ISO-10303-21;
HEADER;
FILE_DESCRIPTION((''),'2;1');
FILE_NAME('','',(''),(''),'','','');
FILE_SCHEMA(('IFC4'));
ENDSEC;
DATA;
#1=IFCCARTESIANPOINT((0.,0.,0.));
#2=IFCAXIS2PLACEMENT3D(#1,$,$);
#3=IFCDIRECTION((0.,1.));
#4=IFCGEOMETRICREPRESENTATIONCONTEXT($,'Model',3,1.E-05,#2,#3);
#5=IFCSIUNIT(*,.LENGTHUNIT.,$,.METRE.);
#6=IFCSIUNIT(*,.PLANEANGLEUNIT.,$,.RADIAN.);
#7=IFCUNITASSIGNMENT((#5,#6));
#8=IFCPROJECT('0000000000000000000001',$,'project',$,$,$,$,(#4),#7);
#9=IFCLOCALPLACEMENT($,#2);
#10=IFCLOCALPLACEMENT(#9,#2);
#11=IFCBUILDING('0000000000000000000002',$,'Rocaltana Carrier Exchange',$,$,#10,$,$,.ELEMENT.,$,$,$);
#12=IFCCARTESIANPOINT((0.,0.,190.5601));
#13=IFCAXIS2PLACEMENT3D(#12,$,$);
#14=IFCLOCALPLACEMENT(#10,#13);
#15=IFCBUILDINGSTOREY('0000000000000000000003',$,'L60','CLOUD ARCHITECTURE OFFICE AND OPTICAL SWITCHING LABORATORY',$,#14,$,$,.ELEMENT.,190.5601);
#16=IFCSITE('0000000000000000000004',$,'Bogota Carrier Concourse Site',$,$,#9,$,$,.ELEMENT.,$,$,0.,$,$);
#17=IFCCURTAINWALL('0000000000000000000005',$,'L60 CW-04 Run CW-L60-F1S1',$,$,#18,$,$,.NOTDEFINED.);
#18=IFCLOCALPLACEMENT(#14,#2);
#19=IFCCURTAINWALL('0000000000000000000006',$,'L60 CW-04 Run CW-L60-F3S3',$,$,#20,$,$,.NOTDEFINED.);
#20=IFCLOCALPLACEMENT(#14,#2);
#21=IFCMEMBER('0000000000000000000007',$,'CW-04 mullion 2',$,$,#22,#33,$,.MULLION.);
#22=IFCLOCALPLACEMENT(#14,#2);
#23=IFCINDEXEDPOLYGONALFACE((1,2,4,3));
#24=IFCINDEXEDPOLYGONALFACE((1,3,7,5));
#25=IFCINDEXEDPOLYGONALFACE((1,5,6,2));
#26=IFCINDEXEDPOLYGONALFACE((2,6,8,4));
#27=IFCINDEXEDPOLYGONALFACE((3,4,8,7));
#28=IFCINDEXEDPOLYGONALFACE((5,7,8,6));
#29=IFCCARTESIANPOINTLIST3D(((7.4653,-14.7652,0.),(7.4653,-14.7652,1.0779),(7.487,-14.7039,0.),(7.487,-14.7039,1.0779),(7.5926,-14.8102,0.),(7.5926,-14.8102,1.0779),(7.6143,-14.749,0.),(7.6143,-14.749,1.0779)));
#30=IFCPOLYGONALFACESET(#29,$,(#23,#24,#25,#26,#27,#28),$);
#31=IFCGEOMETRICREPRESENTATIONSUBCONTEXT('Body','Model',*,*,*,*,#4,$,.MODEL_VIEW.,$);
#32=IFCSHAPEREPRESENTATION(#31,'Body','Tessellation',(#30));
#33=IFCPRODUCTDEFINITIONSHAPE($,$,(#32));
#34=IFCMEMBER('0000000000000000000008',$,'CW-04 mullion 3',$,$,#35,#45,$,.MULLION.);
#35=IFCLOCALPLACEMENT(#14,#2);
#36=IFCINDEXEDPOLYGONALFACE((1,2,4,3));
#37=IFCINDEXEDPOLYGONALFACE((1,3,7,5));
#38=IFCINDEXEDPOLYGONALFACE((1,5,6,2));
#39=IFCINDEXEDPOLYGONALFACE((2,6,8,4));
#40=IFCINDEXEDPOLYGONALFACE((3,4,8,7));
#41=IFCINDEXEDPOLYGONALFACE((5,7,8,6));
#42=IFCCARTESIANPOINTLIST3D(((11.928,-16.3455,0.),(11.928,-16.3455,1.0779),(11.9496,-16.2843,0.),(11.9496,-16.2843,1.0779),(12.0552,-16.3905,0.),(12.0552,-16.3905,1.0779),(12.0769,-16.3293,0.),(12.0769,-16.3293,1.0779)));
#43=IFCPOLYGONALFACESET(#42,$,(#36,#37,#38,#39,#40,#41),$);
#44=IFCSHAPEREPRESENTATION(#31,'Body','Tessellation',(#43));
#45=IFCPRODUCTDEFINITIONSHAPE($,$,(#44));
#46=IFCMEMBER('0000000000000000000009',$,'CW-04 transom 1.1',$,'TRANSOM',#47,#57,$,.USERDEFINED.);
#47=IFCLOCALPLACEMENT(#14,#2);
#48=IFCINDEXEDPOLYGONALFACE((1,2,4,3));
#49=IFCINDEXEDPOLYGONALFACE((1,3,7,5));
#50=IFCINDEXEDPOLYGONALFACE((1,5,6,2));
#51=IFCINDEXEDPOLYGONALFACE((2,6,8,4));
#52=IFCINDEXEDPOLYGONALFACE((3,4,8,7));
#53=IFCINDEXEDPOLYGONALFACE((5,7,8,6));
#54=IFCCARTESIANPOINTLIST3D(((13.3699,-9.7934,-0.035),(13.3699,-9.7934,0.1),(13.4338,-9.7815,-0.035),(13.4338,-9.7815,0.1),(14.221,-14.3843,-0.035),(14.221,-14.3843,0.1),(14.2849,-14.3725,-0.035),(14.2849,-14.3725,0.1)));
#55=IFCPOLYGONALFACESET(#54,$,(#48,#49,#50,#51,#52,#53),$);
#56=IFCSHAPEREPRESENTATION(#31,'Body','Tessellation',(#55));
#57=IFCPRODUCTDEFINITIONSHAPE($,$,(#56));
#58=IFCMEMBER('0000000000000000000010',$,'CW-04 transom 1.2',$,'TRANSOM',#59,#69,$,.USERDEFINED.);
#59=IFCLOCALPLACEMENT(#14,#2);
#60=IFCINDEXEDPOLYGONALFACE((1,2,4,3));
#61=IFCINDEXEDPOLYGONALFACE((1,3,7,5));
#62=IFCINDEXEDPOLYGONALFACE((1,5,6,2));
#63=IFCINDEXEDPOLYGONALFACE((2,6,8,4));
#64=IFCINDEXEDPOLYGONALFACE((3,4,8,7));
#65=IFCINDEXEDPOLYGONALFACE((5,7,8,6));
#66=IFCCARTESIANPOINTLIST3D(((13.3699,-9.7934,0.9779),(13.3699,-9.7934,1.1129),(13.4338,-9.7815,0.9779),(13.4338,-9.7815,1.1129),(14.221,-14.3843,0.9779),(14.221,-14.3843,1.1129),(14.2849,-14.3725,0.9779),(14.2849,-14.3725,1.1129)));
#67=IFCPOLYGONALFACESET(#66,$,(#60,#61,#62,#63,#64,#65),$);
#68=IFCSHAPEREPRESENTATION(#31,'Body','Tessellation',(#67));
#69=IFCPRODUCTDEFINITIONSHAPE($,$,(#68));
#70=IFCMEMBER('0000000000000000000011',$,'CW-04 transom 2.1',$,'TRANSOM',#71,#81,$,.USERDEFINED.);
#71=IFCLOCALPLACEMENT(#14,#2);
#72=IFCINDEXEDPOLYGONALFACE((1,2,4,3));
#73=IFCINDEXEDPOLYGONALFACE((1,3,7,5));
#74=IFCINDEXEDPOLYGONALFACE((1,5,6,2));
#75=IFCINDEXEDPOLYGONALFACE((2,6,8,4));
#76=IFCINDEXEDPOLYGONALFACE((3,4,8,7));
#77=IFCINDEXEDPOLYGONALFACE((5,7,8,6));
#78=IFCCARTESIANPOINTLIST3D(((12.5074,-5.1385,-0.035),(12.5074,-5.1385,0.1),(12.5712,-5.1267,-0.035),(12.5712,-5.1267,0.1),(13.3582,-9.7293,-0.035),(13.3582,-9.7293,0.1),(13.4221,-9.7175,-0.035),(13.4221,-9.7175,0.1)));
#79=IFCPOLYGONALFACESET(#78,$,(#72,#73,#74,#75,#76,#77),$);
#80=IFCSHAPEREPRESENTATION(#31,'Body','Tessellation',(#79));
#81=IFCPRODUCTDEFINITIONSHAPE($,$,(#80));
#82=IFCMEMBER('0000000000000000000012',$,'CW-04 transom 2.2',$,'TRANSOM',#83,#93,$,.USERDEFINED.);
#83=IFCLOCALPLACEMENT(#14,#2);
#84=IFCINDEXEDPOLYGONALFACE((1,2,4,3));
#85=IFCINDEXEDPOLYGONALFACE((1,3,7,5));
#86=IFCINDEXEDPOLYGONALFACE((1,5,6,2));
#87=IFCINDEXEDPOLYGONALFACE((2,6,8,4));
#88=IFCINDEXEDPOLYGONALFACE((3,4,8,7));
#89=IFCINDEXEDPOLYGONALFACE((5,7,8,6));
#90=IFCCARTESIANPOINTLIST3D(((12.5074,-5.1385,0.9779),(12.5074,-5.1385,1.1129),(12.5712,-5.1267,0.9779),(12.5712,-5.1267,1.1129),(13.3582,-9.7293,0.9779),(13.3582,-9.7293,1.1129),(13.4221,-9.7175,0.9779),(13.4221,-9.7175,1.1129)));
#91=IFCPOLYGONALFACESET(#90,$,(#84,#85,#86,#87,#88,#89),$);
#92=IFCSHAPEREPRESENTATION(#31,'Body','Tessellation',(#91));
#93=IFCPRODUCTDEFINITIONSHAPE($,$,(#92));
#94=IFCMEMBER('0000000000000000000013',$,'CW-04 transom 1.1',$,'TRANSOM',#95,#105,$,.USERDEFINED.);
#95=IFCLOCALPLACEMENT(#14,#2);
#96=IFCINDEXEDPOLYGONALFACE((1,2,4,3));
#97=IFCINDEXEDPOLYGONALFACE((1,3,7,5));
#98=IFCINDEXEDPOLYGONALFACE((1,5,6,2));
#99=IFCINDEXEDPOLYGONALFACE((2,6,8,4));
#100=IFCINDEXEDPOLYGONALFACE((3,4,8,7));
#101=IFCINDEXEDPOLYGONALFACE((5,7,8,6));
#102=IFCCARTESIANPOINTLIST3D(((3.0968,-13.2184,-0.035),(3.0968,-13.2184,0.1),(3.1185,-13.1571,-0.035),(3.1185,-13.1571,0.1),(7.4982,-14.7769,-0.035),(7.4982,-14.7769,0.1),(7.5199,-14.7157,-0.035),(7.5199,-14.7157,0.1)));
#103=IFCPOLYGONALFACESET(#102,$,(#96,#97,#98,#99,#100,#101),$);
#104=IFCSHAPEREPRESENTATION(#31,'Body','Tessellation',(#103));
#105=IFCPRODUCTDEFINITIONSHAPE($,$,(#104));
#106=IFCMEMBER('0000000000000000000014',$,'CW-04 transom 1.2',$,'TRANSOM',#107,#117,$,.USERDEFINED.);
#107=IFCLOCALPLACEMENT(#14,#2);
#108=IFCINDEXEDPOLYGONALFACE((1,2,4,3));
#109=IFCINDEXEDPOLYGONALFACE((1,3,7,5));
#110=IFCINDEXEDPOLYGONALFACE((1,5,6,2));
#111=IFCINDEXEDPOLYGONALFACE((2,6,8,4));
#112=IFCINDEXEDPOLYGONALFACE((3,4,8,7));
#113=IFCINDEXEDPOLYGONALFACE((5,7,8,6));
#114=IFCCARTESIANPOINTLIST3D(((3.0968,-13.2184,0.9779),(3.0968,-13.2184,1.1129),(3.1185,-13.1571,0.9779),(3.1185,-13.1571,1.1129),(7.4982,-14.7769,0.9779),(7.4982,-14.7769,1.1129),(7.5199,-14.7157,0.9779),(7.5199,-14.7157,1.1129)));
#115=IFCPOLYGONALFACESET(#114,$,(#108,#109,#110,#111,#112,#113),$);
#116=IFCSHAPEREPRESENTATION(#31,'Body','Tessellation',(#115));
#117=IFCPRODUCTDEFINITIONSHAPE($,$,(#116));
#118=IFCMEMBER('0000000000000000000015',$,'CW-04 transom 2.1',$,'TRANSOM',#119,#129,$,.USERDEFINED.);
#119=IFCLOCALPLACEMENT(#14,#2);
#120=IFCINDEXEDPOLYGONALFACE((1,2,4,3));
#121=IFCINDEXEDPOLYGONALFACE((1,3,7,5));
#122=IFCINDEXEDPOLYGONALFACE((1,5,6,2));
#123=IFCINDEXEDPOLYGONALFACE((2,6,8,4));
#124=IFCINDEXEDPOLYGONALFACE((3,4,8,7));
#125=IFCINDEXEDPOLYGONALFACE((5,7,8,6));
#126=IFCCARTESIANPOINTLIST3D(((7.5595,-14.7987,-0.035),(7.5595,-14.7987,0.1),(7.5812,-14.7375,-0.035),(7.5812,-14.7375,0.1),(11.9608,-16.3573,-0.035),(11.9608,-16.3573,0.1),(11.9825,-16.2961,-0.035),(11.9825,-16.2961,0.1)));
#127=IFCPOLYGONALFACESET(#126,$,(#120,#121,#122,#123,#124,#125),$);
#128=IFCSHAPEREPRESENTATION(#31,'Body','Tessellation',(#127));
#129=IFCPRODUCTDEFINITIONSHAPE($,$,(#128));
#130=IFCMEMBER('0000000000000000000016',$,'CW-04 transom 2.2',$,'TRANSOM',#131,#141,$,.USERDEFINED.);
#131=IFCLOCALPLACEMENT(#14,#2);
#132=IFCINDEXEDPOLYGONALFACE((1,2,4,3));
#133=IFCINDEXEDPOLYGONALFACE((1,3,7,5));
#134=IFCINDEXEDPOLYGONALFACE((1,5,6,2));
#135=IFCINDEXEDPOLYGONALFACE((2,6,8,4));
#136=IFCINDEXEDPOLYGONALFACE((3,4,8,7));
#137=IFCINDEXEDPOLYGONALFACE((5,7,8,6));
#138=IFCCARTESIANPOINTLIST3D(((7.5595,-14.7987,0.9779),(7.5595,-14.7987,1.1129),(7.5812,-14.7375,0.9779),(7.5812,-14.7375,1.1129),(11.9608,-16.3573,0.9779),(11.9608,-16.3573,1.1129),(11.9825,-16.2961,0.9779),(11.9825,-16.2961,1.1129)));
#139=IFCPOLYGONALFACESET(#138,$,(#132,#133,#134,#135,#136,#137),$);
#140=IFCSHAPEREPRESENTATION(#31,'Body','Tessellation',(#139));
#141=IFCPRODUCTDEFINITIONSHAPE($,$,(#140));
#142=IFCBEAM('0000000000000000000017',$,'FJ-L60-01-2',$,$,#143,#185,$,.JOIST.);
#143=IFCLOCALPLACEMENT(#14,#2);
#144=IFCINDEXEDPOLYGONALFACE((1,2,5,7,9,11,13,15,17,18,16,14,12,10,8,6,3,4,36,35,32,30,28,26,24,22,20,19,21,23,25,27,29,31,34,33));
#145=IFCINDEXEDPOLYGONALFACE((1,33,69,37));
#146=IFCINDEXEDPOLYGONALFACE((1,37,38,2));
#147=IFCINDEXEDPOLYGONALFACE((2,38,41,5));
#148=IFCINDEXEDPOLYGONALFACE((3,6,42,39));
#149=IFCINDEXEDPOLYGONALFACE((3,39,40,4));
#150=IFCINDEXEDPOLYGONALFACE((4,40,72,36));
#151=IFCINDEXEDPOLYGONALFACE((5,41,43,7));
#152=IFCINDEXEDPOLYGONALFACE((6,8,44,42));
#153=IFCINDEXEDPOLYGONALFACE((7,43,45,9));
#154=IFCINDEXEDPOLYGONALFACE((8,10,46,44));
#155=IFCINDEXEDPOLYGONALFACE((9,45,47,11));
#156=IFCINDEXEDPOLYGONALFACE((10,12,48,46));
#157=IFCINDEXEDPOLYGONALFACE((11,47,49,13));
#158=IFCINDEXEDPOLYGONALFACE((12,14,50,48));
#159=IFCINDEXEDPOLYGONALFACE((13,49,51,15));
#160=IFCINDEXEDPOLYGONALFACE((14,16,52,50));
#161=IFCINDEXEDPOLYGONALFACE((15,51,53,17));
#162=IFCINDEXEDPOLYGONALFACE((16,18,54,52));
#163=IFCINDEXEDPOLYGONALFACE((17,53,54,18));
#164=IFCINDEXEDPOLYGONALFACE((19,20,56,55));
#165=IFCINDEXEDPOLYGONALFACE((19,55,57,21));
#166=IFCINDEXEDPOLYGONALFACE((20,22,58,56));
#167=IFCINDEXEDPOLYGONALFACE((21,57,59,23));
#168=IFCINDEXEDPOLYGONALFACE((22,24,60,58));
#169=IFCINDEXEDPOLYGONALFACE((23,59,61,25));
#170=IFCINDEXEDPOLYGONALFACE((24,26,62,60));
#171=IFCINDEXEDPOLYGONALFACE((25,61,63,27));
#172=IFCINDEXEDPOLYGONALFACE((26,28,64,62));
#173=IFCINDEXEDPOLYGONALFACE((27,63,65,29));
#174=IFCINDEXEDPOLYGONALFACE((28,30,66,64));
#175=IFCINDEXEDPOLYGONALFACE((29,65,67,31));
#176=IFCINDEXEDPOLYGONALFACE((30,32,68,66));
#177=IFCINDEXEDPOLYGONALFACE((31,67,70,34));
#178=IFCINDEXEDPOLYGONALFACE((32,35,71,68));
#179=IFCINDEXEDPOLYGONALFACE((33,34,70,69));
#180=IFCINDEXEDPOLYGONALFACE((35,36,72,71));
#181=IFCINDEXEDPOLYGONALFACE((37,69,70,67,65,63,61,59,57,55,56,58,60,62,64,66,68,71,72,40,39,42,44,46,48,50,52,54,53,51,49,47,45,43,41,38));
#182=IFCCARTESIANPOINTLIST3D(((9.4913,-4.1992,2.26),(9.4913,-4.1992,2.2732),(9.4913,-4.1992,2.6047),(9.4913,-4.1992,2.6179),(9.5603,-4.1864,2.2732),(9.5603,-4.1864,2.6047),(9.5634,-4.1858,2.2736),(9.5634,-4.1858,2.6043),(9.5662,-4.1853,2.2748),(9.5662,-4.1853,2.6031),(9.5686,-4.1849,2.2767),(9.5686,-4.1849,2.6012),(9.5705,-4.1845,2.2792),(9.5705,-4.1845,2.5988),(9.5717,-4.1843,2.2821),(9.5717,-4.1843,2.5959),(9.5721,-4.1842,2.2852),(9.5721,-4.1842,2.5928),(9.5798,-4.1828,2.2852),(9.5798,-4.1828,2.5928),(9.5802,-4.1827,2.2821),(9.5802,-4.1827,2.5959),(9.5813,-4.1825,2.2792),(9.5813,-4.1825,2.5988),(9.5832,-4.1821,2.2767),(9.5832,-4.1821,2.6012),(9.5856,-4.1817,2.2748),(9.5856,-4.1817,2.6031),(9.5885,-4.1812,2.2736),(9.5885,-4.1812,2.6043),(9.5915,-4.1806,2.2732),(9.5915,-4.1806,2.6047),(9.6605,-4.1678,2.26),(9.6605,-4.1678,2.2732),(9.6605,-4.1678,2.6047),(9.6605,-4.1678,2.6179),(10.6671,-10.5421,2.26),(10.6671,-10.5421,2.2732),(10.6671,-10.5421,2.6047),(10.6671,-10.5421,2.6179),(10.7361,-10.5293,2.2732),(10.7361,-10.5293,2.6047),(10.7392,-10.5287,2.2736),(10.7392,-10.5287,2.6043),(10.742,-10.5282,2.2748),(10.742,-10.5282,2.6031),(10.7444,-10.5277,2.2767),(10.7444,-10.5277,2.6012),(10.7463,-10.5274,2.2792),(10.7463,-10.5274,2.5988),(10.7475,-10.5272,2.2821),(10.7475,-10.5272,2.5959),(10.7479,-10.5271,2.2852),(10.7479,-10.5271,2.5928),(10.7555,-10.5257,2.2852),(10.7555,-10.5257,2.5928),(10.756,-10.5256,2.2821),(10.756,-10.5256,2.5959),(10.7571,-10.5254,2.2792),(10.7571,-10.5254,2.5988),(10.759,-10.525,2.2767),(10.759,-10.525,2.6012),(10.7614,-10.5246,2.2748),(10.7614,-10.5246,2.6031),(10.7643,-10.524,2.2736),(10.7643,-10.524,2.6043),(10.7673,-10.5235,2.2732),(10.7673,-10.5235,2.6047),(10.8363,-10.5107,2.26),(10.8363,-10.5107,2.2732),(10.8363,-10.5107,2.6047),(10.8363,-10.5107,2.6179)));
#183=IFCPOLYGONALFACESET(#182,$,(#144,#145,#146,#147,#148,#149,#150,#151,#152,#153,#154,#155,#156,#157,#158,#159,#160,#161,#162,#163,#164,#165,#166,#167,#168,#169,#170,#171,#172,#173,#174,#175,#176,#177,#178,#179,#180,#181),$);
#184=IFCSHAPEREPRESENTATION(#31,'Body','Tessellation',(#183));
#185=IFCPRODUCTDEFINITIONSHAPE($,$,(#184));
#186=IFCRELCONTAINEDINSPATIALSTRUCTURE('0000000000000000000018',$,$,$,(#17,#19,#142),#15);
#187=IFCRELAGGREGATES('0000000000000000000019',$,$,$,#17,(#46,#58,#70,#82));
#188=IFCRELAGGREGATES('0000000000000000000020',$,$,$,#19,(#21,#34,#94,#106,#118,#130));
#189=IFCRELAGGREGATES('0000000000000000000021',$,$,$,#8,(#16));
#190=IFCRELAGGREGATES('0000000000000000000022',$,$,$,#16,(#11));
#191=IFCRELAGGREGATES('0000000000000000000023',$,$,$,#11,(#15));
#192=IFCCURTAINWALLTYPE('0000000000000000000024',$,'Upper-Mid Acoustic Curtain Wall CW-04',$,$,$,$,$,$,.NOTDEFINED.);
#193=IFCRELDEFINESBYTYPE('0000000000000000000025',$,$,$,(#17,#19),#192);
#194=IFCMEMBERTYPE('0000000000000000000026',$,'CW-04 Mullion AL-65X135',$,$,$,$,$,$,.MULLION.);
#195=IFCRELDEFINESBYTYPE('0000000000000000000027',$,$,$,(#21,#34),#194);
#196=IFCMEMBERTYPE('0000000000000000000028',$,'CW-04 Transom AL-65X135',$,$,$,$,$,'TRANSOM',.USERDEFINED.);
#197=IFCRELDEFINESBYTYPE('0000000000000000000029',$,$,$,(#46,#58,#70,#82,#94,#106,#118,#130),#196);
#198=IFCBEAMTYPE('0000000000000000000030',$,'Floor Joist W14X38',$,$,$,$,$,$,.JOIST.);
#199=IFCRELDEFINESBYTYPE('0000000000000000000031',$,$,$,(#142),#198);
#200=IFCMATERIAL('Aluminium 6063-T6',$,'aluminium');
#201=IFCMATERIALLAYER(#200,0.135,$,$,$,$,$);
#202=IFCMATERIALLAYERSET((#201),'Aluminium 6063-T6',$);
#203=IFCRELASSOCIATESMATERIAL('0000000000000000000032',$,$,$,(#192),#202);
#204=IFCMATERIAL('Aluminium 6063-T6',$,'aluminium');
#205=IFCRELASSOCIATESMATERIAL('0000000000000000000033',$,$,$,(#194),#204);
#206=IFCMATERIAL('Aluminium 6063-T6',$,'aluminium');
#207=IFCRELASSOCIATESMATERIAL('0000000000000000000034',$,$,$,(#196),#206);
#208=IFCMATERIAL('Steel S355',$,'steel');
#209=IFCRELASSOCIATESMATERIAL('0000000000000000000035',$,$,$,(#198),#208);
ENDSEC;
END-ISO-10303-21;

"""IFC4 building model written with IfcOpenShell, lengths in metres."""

from ifc_helpers import new_model, si_unit, direction, frame, origin, origin_2d, place, context, subcontext, project, spatial, rectangle, i_section, extrude, material, layer, layer_set, material_profile, profile_set, type_object, element, aggregate, save


model = new_model("IFC4")

# Units and contexts
model_context = context("Model", 3, precision=1e-05, world=origin(), true_north=direction((0.0, 1.0)))
body_context = subcontext(model_context, "Body", "Model", "MODEL_VIEW")
ifc_project = project(units=[si_unit("LENGTHUNIT", "METRE"), si_unit("PLANEANGLEUNIT", "RADIAN")], contexts=[model_context])

# Site, building, storey
site_placement = place(None, origin())
site = spatial("IfcSite", under=ifc_project, at=site_placement, Name="Bogota Carrier Concourse Site", CompositionType="ELEMENT", RefElevation=0.0)
building_placement = place(site_placement, origin())
building = spatial("IfcBuilding", under=site, at=building_placement, Name="Rocaltana Carrier Exchange", CompositionType="ELEMENT")
storey_placement = place(building_placement, frame((0.0, 0.0, 190.5601)))
storey = spatial("IfcBuildingStorey", under=building, at=storey_placement, Name="L60", Description="CLOUD ARCHITECTURE OFFICE AND OPTICAL SWITCHING LABORATORY", CompositionType="ELEMENT", Elevation=190.5601)

# Curtain wall
ifc_material_1 = material(Name="Aluminium 6063-T6", Category="aluminium")
ifc_layer_1 = layer(ifc_material_1, 0.135)
ifc_layer_set_1 = layer_set([ifc_layer_1], Name="Aluminium 6063-T6")
curtain_wall_type = type_object("IfcCurtainWallType", Name="Upper-Mid Acoustic Curtain Wall CW-04", PredefinedType="NOTDEFINED", material=ifc_layer_set_1)
curtain_wall_1_placement = place(storey_placement, origin())
curtain_wall_1 = element("IfcCurtainWall", 1, at=curtain_wall_1_placement, inside=storey, type_object=curtain_wall_type, Name="L60 CW-04 Run CW-L60-F1S1", PredefinedType="NOTDEFINED")
ifc_material_2 = material(Name="Aluminium 6063-T6", Category="aluminium")
ifc_material_profile_1 = material_profile(ifc_material_2, rectangle(XDim=0.0649, YDim=0.135, at=origin_2d()), Name="AL-65X135")
ifc_profile_set_1 = profile_set([ifc_material_profile_1], Name="Aluminium 6063-T6")
member_type_1 = type_object("IfcMemberType", Name="CW-04 Mullion AL-65X135", PredefinedType="MULLION", material=ifc_profile_set_1)

# Curtain wall, members
curtain_wall_2_placement = place(storey_placement, origin())
curtain_wall_2 = element("IfcCurtainWall", 2, at=curtain_wall_2_placement, inside=storey, type_object=curtain_wall_type, Name="L60 CW-04 Run CW-L60-F3S3", PredefinedType="NOTDEFINED")
member_1_placement = place(storey_placement, frame((7.5398, -14.7571, 0.0), z_axis=(0.0, 0.0, 1.0), x_axis=(0.333799, 0.942644, 0.0)))
member_1 = element("IfcMember", 3, at=member_1_placement, type_object=member_type_1, Name="CW-04 mullion 2", PredefinedType="MULLION", context=body_context, shape_type="SweptSolid", body=[
    extrude(rectangle(XDim=0.0649, YDim=0.135, at=origin_2d()), origin(), (0.0, 0.0, 1.0), 1.0779),
])
member_2_placement = place(storey_placement, frame((12.0024, -16.3374, 0.0), z_axis=(0.0, 0.0, 1.0), x_axis=(0.333799, 0.942644, 0.0)))
member_2 = element("IfcMember", 4, at=member_2_placement, type_object=member_type_1, Name="CW-04 mullion 3", PredefinedType="MULLION", context=body_context, shape_type="SweptSolid", body=[
    extrude(rectangle(XDim=0.0649, YDim=0.135, at=origin_2d()), origin(), (0.0, 0.0, 1.0), 1.0779),
])

# Members
ifc_material_3 = material(Name="Aluminium 6063-T6", Category="aluminium")
ifc_material_profile_2 = material_profile(ifc_material_3, rectangle(XDim=0.0649, YDim=0.135, at=origin_2d()), Name="AL-65X135")
ifc_profile_set_2 = profile_set([ifc_material_profile_2], Name="Aluminium 6063-T6")
member_type_2 = type_object("IfcMemberType", Name="CW-04 Transom AL-65X135", ElementType="TRANSOM", PredefinedType="USERDEFINED", material=ifc_profile_set_2)
member_3_placement = place(storey_placement, frame((14.2529, -14.3784, 0.0325), z_axis=(-0.182271, 0.983248, 0.0), x_axis=(-0.983248, -0.182271, 0.0)))
member_3 = element("IfcMember", 5, at=member_3_placement, type_object=member_type_2, Name="CW-04 transom 1.1", ObjectType="TRANSOM", PredefinedType="USERDEFINED", context=body_context, shape_type="SweptSolid", body=[
    extrude(rectangle(XDim=0.0649, YDim=0.135, at=origin_2d()), origin(), (0.0, 0.0, 1.0), 4.6692),
])
member_4_placement = place(storey_placement, frame((14.2529, -14.3784, 1.0454), z_axis=(-0.182271, 0.983248, 0.0), x_axis=(-0.983248, -0.182271, 0.0)))
member_4 = element("IfcMember", 6, at=member_4_placement, type_object=member_type_2, Name="CW-04 transom 1.2", ObjectType="TRANSOM", PredefinedType="USERDEFINED", context=body_context, shape_type="SweptSolid", body=[
    extrude(rectangle(XDim=0.0649, YDim=0.135, at=origin_2d()), origin(), (0.0, 0.0, 1.0), 4.6692),
])
member_5_placement = place(storey_placement, frame((13.3901, -9.7234, 0.0325), z_axis=(-0.18223, 0.983256, 0.0), x_axis=(-0.983256, -0.18223, 0.0)))
member_5 = element("IfcMember", 7, at=member_5_placement, type_object=member_type_2, Name="CW-04 transom 2.1", ObjectType="TRANSOM", PredefinedType="USERDEFINED", context=body_context, shape_type="SweptSolid", body=[
    extrude(rectangle(XDim=0.0649, YDim=0.135, at=origin_2d()), origin(), (0.0, 0.0, 1.0), 4.6689),
])
member_6_placement = place(storey_placement, frame((13.3901, -9.7234, 1.0454), z_axis=(-0.18223, 0.983256, 0.0), x_axis=(-0.983256, -0.18223, 0.0)))
member_6 = element("IfcMember", 8, at=member_6_placement, type_object=member_type_2, Name="CW-04 transom 2.2", ObjectType="TRANSOM", PredefinedType="USERDEFINED", context=body_context, shape_type="SweptSolid", body=[
    extrude(rectangle(XDim=0.0649, YDim=0.135, at=origin_2d()), origin(), (0.0, 0.0, 1.0), 4.6689),
])
member_7_placement = place(storey_placement, frame((3.1077, -13.1877, 0.0325), z_axis=(0.942642, -0.333805, 0.0), x_axis=(0.333805, 0.942642, 0.0)))
member_7 = element("IfcMember", 9, at=member_7_placement, type_object=member_type_2, Name="CW-04 transom 1.1", ObjectType="TRANSOM", PredefinedType="USERDEFINED", context=body_context, shape_type="SweptSolid", body=[
    extrude(rectangle(XDim=0.0649, YDim=0.135, at=origin_2d()), origin(), (0.0, 0.0, 1.0), 4.6692),
])
member_8_placement = place(storey_placement, frame((3.1077, -13.1877, 1.0454), z_axis=(0.942642, -0.333805, 0.0), x_axis=(0.333805, 0.942642, 0.0)))
member_8 = element("IfcMember", 10, at=member_8_placement, type_object=member_type_2, Name="CW-04 transom 1.2", ObjectType="TRANSOM", PredefinedType="USERDEFINED", context=body_context, shape_type="SweptSolid", body=[
    extrude(rectangle(XDim=0.0649, YDim=0.135, at=origin_2d()), origin(), (0.0, 0.0, 1.0), 4.6692),
])
member_9_placement = place(storey_placement, frame((7.5703, -14.7681, 0.0325), z_axis=(0.942642, -0.333805, 0.0), x_axis=(0.333805, 0.942642, 0.0)))
member_9 = element("IfcMember", 11, at=member_9_placement, type_object=member_type_2, Name="CW-04 transom 2.1", ObjectType="TRANSOM", PredefinedType="USERDEFINED", context=body_context, shape_type="SweptSolid", body=[
    extrude(rectangle(XDim=0.0649, YDim=0.135, at=origin_2d()), origin(), (0.0, 0.0, 1.0), 4.6692),
])
member_10_placement = place(storey_placement, frame((7.5703, -14.7681, 1.0454), z_axis=(0.942642, -0.333805, 0.0), x_axis=(0.333805, 0.942642, 0.0)))
member_10 = element("IfcMember", 12, at=member_10_placement, type_object=member_type_2, Name="CW-04 transom 2.2", ObjectType="TRANSOM", PredefinedType="USERDEFINED", context=body_context, shape_type="SweptSolid", body=[
    extrude(rectangle(XDim=0.0649, YDim=0.135, at=origin_2d()), origin(), (0.0, 0.0, 1.0), 4.6692),
])

# Beam
ifc_material_4 = material(Name="Steel S355", Category="steel")
ifc_material_profile_3 = material_profile(ifc_material_4, i_section(OverallWidth=0.1721, OverallDepth=0.3579, WebThickness=0.0078, FlangeThickness=0.0132, FilletRadius=0.012, at=origin_2d()), Name="W14X38")
ifc_profile_set_3 = profile_set([ifc_material_profile_3], Name="Steel S355")
beam_type_1 = type_object("IfcBeamType", Name="Floor Joist W14X38", PredefinedType="JOIST", material=ifc_profile_set_3)
beam_1_placement = place(storey_placement, frame((10.7517, -10.5264, 2.439), z_axis=(-0.182268, 0.983249, 0.0), x_axis=(-0.983249, -0.182268, 0.0)))
element("IfcBeam", 13, at=beam_1_placement, inside=storey, type_object=beam_type_1, Name="FJ-L60-01-2", PredefinedType="JOIST", context=body_context, shape_type="SweptSolid", body=[
    extrude(i_section(OverallWidth=0.1721, OverallDepth=0.3579, WebThickness=0.0078, FlangeThickness=0.0132, FilletRadius=0.012, at=origin_2d()), origin(), (0.0, 0.0, 1.0), 6.4509),
])

aggregate(curtain_wall_1, [member_3, member_4, member_5, member_6])
aggregate(curtain_wall_2, [member_1, member_2, member_7, member_8, member_9, member_10])

save(model, "model.ifc")
